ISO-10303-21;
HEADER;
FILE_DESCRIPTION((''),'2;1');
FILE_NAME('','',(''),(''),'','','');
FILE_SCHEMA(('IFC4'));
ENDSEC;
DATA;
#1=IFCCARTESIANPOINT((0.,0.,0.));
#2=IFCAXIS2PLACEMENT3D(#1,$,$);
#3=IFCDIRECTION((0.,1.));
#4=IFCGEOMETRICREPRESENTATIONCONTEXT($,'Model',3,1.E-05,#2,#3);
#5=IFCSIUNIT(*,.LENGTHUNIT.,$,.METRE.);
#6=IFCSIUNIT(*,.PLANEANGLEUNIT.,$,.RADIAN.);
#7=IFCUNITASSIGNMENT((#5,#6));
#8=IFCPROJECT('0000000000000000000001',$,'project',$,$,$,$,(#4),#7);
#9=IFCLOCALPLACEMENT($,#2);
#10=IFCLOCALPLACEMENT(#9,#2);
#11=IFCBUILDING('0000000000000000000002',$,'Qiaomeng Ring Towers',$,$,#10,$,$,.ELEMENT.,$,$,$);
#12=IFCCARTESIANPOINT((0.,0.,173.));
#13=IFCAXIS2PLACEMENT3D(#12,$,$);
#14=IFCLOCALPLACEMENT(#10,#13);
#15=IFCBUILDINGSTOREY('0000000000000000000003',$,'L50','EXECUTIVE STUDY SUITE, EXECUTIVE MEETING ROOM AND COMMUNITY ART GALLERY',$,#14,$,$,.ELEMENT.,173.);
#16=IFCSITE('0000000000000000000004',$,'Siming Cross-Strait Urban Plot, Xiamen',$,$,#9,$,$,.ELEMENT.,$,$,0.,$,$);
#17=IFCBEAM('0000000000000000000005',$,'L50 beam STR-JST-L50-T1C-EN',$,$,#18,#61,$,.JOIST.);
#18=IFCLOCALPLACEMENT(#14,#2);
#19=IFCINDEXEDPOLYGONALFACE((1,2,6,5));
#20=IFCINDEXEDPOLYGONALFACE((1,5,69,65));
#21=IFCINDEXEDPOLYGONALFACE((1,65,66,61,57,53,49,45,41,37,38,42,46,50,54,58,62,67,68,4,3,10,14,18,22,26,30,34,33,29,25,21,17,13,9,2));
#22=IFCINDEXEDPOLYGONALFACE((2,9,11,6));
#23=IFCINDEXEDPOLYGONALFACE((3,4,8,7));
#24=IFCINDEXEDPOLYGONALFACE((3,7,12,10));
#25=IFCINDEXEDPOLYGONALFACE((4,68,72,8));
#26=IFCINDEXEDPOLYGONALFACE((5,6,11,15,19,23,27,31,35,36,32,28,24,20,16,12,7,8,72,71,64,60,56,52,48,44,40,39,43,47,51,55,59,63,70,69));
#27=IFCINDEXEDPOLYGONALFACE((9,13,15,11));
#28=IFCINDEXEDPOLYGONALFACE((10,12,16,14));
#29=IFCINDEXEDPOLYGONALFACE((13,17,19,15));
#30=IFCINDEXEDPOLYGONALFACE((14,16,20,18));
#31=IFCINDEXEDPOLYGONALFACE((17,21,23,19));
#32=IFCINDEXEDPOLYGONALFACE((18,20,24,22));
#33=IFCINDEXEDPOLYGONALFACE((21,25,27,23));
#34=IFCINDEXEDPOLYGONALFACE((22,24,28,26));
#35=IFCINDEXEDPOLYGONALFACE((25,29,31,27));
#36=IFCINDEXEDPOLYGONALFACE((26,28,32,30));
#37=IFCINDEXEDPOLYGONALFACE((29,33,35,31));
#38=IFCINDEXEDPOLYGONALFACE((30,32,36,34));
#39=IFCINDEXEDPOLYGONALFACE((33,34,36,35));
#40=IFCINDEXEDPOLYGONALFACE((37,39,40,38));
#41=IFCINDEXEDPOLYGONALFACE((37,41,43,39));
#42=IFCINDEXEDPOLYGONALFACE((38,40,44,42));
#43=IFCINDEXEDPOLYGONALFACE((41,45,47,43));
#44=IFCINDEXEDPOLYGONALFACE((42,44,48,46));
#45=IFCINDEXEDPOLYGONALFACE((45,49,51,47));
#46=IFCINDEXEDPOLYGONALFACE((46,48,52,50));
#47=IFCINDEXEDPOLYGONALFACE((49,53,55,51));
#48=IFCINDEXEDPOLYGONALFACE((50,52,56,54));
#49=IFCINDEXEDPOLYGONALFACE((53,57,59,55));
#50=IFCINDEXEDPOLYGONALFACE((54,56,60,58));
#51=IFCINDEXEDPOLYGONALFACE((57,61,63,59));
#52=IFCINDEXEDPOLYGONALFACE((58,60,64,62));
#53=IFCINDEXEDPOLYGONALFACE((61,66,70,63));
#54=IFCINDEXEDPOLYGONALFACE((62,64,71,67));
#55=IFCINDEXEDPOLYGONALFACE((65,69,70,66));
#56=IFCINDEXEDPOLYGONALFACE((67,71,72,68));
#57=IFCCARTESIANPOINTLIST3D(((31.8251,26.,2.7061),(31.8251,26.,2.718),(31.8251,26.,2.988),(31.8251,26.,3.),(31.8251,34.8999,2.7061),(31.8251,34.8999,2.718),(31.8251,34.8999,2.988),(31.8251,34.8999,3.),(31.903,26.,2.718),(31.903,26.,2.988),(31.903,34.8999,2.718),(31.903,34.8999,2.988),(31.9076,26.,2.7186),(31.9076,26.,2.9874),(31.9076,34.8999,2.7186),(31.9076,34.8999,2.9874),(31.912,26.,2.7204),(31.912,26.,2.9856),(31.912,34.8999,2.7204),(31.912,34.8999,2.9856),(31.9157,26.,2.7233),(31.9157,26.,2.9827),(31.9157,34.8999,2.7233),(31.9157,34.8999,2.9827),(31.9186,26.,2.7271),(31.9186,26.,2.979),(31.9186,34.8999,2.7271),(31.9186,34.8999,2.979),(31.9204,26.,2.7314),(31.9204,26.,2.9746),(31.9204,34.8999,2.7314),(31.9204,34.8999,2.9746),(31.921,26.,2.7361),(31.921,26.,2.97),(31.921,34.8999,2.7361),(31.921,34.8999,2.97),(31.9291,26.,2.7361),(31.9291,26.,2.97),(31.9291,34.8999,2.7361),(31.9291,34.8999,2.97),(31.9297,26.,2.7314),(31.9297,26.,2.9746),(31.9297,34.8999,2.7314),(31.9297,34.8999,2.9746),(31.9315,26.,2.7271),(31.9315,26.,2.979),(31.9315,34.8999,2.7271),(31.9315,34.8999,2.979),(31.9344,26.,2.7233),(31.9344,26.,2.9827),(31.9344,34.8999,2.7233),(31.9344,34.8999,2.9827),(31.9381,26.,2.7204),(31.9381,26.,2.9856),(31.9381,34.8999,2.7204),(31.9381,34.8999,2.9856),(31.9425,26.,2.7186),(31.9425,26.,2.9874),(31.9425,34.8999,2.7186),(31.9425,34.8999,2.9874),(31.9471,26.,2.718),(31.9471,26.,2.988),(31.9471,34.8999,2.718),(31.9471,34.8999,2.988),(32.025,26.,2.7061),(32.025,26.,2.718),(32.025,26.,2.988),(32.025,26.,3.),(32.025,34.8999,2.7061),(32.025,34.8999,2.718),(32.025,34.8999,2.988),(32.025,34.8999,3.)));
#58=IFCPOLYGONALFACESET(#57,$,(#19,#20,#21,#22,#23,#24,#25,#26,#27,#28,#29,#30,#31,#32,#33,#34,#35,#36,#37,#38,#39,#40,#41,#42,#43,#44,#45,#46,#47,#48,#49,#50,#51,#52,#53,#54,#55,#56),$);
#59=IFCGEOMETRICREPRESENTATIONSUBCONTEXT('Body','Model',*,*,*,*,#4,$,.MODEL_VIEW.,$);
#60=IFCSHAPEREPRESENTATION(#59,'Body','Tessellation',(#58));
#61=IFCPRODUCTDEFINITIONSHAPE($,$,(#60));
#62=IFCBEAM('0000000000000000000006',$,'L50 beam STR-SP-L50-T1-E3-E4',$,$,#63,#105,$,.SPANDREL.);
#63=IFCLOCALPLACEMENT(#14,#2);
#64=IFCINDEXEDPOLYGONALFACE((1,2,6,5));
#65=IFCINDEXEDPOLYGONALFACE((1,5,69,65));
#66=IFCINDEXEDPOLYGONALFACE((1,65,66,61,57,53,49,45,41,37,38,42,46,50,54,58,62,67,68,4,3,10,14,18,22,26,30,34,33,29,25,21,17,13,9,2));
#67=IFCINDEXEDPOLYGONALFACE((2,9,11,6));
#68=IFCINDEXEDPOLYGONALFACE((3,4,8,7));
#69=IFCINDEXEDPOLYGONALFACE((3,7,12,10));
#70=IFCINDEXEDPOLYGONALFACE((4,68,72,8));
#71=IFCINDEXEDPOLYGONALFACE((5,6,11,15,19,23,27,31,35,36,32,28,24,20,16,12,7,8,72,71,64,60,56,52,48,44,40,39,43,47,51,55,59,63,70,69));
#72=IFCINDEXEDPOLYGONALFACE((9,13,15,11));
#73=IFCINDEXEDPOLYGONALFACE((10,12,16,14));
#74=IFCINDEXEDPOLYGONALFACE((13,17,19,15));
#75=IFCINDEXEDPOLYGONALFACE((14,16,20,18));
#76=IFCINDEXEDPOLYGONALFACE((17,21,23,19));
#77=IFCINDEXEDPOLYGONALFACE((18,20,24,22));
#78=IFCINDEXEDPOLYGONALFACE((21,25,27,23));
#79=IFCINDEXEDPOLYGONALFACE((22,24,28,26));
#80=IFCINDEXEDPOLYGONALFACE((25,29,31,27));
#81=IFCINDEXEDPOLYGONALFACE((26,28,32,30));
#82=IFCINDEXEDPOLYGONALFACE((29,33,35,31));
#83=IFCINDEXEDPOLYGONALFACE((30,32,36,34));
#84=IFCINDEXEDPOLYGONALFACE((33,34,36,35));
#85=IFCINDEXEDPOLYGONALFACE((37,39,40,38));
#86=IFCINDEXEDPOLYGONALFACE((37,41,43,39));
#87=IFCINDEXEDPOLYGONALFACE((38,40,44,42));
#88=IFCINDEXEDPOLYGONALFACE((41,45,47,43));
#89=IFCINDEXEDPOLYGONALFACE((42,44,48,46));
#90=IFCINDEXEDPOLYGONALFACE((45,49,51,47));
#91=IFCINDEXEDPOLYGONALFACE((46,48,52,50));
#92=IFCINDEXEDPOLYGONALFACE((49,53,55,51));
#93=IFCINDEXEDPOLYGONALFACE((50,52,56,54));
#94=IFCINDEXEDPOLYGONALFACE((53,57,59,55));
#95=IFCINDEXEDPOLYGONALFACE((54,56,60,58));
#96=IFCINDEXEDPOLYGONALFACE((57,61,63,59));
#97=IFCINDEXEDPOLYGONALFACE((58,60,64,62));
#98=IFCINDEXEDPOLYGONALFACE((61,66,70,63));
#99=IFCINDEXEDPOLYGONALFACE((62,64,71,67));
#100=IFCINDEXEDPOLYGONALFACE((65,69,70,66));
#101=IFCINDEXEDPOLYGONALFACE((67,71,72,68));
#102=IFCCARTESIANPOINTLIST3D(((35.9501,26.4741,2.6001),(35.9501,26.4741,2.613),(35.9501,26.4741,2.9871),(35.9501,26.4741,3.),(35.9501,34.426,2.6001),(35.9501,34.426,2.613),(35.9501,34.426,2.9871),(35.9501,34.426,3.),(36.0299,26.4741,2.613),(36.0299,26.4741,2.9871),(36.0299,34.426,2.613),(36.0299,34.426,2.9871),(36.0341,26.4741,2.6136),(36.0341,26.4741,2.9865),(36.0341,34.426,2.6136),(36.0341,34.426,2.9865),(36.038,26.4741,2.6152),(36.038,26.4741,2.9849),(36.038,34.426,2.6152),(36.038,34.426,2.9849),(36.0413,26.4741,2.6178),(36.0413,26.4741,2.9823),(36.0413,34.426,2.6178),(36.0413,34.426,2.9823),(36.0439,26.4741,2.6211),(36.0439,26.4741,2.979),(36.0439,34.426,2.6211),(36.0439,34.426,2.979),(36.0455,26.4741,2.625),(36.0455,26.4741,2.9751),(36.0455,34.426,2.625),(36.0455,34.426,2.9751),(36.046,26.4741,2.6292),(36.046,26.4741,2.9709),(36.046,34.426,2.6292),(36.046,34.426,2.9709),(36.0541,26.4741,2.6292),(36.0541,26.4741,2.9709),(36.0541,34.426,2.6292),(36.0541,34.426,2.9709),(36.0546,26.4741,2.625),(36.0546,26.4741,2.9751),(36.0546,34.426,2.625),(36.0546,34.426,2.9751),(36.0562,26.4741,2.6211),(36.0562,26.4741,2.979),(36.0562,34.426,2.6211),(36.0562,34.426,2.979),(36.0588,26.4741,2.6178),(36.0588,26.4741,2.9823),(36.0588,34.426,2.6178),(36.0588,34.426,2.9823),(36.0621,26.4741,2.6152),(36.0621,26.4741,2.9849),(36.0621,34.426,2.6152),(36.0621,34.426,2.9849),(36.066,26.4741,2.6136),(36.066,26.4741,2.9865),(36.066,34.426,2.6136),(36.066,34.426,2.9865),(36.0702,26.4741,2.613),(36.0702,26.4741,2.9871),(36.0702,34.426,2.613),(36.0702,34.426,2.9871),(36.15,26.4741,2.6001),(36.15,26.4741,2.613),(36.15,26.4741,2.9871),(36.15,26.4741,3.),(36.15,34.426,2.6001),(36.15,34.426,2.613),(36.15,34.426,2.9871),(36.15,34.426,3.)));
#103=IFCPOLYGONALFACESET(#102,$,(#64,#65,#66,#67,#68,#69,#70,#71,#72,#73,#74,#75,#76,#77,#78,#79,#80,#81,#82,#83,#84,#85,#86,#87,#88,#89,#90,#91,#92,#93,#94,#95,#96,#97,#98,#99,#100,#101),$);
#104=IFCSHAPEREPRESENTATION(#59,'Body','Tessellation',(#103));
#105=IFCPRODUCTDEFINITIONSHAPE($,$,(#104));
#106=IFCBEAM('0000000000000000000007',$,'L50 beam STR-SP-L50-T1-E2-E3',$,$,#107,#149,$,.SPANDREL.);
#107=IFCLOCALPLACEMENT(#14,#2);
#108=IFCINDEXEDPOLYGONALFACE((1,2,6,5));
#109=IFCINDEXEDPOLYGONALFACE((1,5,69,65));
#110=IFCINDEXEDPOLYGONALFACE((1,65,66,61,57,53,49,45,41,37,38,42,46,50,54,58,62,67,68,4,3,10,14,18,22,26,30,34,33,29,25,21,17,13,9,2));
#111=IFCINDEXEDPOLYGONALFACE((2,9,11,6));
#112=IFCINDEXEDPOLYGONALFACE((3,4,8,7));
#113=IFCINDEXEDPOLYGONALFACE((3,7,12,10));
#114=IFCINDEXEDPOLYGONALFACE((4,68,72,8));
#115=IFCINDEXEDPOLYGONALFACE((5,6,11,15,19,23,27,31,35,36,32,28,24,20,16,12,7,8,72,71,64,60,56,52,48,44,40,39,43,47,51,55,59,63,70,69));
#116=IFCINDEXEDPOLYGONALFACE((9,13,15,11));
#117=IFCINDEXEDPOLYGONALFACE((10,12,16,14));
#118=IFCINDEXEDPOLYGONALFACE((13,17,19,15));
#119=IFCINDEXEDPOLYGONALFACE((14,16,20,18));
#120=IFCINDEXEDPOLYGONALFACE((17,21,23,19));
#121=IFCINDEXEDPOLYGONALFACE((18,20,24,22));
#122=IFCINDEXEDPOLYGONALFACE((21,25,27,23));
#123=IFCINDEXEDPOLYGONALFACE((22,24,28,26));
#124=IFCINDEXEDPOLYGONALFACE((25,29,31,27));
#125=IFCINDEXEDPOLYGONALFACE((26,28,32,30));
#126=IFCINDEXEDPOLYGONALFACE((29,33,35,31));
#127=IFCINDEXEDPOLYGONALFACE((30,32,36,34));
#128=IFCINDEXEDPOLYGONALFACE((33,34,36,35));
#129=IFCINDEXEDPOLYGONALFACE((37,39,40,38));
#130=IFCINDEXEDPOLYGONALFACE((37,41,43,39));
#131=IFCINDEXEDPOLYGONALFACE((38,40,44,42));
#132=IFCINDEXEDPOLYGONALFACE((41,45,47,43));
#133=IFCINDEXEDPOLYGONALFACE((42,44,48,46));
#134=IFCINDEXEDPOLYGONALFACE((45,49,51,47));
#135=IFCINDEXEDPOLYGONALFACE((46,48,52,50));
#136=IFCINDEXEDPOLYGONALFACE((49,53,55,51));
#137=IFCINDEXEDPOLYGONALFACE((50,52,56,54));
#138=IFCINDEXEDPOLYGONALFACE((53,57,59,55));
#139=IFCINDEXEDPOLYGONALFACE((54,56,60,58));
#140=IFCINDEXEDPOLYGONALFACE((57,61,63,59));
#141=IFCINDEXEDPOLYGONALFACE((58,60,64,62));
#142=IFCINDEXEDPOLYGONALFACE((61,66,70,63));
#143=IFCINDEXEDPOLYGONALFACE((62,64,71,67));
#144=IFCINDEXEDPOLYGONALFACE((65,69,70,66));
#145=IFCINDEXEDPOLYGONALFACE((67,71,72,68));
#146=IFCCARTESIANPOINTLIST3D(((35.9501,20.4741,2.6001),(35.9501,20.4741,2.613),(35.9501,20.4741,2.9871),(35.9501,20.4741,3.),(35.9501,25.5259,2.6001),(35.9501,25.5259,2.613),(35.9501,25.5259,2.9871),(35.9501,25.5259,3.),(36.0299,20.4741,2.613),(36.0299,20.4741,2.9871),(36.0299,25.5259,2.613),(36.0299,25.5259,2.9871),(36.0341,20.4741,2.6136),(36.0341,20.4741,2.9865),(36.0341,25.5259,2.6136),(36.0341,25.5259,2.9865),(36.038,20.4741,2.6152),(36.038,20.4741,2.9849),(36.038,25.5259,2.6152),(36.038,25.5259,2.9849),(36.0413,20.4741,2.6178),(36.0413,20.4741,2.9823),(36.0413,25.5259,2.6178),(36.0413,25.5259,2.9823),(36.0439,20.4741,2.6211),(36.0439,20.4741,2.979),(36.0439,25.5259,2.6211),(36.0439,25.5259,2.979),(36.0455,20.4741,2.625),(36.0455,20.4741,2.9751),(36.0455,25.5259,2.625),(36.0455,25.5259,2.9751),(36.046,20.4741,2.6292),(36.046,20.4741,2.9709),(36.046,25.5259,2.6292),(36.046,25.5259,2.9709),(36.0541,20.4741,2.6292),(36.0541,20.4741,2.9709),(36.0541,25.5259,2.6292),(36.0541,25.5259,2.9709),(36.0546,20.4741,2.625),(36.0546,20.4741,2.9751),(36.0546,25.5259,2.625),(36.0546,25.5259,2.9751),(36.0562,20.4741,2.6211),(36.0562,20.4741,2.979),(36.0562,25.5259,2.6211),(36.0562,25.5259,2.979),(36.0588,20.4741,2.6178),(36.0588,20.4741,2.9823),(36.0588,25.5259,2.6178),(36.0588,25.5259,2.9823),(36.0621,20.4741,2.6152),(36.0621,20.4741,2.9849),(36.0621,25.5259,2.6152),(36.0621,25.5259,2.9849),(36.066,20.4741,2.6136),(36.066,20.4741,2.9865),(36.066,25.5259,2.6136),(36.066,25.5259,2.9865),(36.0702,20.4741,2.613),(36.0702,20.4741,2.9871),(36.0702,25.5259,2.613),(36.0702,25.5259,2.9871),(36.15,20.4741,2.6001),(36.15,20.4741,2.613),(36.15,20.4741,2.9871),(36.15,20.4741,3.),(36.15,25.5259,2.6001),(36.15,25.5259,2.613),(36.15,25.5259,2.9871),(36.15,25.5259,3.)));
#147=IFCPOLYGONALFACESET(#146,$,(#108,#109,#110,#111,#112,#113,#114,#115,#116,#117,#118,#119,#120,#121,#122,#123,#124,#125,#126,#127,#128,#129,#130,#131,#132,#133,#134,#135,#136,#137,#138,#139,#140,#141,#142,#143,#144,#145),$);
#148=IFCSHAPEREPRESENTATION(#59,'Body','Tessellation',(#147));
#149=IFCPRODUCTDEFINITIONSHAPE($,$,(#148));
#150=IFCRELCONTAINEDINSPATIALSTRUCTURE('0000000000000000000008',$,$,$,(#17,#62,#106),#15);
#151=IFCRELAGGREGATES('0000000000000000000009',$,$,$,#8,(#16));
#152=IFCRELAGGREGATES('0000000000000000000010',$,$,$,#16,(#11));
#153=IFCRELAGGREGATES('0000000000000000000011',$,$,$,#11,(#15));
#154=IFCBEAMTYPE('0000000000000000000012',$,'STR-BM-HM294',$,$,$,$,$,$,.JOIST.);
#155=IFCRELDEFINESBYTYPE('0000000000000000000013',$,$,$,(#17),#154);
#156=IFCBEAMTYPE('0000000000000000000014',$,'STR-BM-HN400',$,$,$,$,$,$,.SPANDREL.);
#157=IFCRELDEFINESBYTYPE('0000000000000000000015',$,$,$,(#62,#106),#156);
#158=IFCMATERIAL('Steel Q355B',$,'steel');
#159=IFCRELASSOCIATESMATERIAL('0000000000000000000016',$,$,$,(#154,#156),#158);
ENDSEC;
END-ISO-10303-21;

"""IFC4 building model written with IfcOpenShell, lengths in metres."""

from ifc_helpers import new_model, si_unit, direction, frame, origin, origin_2d, place, context, subcontext, project, spatial, i_section, extrude, source, transform, mapped, material, material_profile, profile_set, type_object, element, save


model = new_model("IFC4")

# Units and contexts
model_context = context("Model", 3, precision=1e-05, world=origin(), true_north=direction((0.0, 1.0)))
body_context = subcontext(model_context, "Body", "Model", "MODEL_VIEW")
ifc_project = project(units=[si_unit("LENGTHUNIT", "METRE"), si_unit("PLANEANGLEUNIT", "RADIAN")], contexts=[model_context])

# Site, building, storey
site_placement = place(None, origin())
site = spatial("IfcSite", under=ifc_project, at=site_placement, Name="Siming Cross-Strait Urban Plot, Xiamen", CompositionType="ELEMENT", RefElevation=0.0)
building_placement = place(site_placement, origin())
building = spatial("IfcBuilding", under=site, at=building_placement, Name="Qiaomeng Ring Towers", CompositionType="ELEMENT")
storey_placement = place(building_placement, frame((0.0, 0.0, 173.0)))
storey = spatial("IfcBuildingStorey", under=building, at=storey_placement, Name="L50", Description="EXECUTIVE STUDY SUITE, EXECUTIVE MEETING ROOM AND COMMUNITY ART GALLERY", CompositionType="ELEMENT", Elevation=173.0)

# Beams
ifc_material_1 = material(Name="Steel Q355B", Category="steel")
ifc_material_profile_1 = material_profile(ifc_material_1, i_section(OverallWidth=0.2, OverallDepth=0.2939, WebThickness=0.0081, FlangeThickness=0.012, FilletRadius=0.0181, at=origin_2d()), Name="HM 294x200x8x12")
ifc_profile_set_1 = profile_set([ifc_material_profile_1], Name="Steel Q355B")
beam_type_1 = type_object("IfcBeamType", Name="STR-BM-HM294", PredefinedType="JOIST", material=ifc_profile_set_1)
shared_shape_1 = source(origin(), body_context, "Body", "SweptSolid", [
    extrude(i_section(OverallWidth=0.2, OverallDepth=0.2939, WebThickness=0.0081, FlangeThickness=0.012, FilletRadius=0.0181, at=origin_2d()), origin(), (0.0, 0.0, 1.0), 8.8999),
])
beam_1_placement = place(storey_placement, frame((31.925, 26.0, 2.853), z_axis=(0.0, 1.0, 0.0), x_axis=(-1.0, 0.0, 0.0)))
element("IfcBeam", 1, at=beam_1_placement, inside=storey, type_object=beam_type_1, Name="L50 beam STR-JST-L50-T1C-EN", PredefinedType="JOIST", context=body_context, shape_type="MappedRepresentation", body=[
    mapped(shared_shape_1, transform((0.0, 0.0, 0.0), x_axis=(1.0, 0.0, 0.0), y_axis=(0.0, 1.0, 0.0), z_axis=(0.0, 0.0, 1.0), scale=1.0)),
])
ifc_material_profile_2 = material_profile(ifc_material_1, i_section(OverallWidth=0.2, OverallDepth=0.3999, WebThickness=0.0081, FlangeThickness=0.0129, FilletRadius=0.0161, at=origin_2d()), Name="HN 400x200x8x13")
ifc_profile_set_2 = profile_set([ifc_material_profile_2], Name="Steel Q355B")
beam_type_2 = type_object("IfcBeamType", Name="STR-BM-HN400", PredefinedType="SPANDREL", material=ifc_profile_set_2)
shared_shape_2 = source(origin(), body_context, "Body", "SweptSolid", [
    extrude(i_section(OverallWidth=0.2, OverallDepth=0.3999, WebThickness=0.0081, FlangeThickness=0.0129, FilletRadius=0.0161, at=origin_2d()), origin(), (0.0, 0.0, 1.0), 7.9519),
])
beam_2_placement = place(storey_placement, frame((36.05, 26.4741, 2.8), z_axis=(0.0, 1.0, 0.0), x_axis=(-1.0, 0.0, 0.0)))
element("IfcBeam", 2, at=beam_2_placement, inside=storey, type_object=beam_type_2, Name="L50 beam STR-SP-L50-T1-E3-E4", PredefinedType="SPANDREL", context=body_context, shape_type="MappedRepresentation", body=[
    mapped(shared_shape_2, transform((0.0, 0.0, 0.0), x_axis=(1.0, 0.0, 0.0), y_axis=(0.0, 1.0, 0.0), z_axis=(0.0, 0.0, 1.0), scale=1.0)),
])
shared_shape_3 = source(origin(), body_context, "Body", "SweptSolid", [
    extrude(i_section(OverallWidth=0.2, OverallDepth=0.3999, WebThickness=0.0081, FlangeThickness=0.0129, FilletRadius=0.0161, at=origin_2d()), origin(), (0.0, 0.0, 1.0), 5.0518),
])
beam_3_placement = place(storey_placement, frame((36.05, 20.4741, 2.8), z_axis=(0.0, 1.0, 0.0), x_axis=(-1.0, 0.0, 0.0)))
element("IfcBeam", 3, at=beam_3_placement, inside=storey, type_object=beam_type_2, Name="L50 beam STR-SP-L50-T1-E2-E3", PredefinedType="SPANDREL", context=body_context, shape_type="MappedRepresentation", body=[
    mapped(shared_shape_3, transform((0.0, 0.0, 0.0), x_axis=(1.0, 0.0, 0.0), y_axis=(0.0, 1.0, 0.0), z_axis=(0.0, 0.0, 1.0), scale=1.0)),
])

save(model, "model.ifc")
